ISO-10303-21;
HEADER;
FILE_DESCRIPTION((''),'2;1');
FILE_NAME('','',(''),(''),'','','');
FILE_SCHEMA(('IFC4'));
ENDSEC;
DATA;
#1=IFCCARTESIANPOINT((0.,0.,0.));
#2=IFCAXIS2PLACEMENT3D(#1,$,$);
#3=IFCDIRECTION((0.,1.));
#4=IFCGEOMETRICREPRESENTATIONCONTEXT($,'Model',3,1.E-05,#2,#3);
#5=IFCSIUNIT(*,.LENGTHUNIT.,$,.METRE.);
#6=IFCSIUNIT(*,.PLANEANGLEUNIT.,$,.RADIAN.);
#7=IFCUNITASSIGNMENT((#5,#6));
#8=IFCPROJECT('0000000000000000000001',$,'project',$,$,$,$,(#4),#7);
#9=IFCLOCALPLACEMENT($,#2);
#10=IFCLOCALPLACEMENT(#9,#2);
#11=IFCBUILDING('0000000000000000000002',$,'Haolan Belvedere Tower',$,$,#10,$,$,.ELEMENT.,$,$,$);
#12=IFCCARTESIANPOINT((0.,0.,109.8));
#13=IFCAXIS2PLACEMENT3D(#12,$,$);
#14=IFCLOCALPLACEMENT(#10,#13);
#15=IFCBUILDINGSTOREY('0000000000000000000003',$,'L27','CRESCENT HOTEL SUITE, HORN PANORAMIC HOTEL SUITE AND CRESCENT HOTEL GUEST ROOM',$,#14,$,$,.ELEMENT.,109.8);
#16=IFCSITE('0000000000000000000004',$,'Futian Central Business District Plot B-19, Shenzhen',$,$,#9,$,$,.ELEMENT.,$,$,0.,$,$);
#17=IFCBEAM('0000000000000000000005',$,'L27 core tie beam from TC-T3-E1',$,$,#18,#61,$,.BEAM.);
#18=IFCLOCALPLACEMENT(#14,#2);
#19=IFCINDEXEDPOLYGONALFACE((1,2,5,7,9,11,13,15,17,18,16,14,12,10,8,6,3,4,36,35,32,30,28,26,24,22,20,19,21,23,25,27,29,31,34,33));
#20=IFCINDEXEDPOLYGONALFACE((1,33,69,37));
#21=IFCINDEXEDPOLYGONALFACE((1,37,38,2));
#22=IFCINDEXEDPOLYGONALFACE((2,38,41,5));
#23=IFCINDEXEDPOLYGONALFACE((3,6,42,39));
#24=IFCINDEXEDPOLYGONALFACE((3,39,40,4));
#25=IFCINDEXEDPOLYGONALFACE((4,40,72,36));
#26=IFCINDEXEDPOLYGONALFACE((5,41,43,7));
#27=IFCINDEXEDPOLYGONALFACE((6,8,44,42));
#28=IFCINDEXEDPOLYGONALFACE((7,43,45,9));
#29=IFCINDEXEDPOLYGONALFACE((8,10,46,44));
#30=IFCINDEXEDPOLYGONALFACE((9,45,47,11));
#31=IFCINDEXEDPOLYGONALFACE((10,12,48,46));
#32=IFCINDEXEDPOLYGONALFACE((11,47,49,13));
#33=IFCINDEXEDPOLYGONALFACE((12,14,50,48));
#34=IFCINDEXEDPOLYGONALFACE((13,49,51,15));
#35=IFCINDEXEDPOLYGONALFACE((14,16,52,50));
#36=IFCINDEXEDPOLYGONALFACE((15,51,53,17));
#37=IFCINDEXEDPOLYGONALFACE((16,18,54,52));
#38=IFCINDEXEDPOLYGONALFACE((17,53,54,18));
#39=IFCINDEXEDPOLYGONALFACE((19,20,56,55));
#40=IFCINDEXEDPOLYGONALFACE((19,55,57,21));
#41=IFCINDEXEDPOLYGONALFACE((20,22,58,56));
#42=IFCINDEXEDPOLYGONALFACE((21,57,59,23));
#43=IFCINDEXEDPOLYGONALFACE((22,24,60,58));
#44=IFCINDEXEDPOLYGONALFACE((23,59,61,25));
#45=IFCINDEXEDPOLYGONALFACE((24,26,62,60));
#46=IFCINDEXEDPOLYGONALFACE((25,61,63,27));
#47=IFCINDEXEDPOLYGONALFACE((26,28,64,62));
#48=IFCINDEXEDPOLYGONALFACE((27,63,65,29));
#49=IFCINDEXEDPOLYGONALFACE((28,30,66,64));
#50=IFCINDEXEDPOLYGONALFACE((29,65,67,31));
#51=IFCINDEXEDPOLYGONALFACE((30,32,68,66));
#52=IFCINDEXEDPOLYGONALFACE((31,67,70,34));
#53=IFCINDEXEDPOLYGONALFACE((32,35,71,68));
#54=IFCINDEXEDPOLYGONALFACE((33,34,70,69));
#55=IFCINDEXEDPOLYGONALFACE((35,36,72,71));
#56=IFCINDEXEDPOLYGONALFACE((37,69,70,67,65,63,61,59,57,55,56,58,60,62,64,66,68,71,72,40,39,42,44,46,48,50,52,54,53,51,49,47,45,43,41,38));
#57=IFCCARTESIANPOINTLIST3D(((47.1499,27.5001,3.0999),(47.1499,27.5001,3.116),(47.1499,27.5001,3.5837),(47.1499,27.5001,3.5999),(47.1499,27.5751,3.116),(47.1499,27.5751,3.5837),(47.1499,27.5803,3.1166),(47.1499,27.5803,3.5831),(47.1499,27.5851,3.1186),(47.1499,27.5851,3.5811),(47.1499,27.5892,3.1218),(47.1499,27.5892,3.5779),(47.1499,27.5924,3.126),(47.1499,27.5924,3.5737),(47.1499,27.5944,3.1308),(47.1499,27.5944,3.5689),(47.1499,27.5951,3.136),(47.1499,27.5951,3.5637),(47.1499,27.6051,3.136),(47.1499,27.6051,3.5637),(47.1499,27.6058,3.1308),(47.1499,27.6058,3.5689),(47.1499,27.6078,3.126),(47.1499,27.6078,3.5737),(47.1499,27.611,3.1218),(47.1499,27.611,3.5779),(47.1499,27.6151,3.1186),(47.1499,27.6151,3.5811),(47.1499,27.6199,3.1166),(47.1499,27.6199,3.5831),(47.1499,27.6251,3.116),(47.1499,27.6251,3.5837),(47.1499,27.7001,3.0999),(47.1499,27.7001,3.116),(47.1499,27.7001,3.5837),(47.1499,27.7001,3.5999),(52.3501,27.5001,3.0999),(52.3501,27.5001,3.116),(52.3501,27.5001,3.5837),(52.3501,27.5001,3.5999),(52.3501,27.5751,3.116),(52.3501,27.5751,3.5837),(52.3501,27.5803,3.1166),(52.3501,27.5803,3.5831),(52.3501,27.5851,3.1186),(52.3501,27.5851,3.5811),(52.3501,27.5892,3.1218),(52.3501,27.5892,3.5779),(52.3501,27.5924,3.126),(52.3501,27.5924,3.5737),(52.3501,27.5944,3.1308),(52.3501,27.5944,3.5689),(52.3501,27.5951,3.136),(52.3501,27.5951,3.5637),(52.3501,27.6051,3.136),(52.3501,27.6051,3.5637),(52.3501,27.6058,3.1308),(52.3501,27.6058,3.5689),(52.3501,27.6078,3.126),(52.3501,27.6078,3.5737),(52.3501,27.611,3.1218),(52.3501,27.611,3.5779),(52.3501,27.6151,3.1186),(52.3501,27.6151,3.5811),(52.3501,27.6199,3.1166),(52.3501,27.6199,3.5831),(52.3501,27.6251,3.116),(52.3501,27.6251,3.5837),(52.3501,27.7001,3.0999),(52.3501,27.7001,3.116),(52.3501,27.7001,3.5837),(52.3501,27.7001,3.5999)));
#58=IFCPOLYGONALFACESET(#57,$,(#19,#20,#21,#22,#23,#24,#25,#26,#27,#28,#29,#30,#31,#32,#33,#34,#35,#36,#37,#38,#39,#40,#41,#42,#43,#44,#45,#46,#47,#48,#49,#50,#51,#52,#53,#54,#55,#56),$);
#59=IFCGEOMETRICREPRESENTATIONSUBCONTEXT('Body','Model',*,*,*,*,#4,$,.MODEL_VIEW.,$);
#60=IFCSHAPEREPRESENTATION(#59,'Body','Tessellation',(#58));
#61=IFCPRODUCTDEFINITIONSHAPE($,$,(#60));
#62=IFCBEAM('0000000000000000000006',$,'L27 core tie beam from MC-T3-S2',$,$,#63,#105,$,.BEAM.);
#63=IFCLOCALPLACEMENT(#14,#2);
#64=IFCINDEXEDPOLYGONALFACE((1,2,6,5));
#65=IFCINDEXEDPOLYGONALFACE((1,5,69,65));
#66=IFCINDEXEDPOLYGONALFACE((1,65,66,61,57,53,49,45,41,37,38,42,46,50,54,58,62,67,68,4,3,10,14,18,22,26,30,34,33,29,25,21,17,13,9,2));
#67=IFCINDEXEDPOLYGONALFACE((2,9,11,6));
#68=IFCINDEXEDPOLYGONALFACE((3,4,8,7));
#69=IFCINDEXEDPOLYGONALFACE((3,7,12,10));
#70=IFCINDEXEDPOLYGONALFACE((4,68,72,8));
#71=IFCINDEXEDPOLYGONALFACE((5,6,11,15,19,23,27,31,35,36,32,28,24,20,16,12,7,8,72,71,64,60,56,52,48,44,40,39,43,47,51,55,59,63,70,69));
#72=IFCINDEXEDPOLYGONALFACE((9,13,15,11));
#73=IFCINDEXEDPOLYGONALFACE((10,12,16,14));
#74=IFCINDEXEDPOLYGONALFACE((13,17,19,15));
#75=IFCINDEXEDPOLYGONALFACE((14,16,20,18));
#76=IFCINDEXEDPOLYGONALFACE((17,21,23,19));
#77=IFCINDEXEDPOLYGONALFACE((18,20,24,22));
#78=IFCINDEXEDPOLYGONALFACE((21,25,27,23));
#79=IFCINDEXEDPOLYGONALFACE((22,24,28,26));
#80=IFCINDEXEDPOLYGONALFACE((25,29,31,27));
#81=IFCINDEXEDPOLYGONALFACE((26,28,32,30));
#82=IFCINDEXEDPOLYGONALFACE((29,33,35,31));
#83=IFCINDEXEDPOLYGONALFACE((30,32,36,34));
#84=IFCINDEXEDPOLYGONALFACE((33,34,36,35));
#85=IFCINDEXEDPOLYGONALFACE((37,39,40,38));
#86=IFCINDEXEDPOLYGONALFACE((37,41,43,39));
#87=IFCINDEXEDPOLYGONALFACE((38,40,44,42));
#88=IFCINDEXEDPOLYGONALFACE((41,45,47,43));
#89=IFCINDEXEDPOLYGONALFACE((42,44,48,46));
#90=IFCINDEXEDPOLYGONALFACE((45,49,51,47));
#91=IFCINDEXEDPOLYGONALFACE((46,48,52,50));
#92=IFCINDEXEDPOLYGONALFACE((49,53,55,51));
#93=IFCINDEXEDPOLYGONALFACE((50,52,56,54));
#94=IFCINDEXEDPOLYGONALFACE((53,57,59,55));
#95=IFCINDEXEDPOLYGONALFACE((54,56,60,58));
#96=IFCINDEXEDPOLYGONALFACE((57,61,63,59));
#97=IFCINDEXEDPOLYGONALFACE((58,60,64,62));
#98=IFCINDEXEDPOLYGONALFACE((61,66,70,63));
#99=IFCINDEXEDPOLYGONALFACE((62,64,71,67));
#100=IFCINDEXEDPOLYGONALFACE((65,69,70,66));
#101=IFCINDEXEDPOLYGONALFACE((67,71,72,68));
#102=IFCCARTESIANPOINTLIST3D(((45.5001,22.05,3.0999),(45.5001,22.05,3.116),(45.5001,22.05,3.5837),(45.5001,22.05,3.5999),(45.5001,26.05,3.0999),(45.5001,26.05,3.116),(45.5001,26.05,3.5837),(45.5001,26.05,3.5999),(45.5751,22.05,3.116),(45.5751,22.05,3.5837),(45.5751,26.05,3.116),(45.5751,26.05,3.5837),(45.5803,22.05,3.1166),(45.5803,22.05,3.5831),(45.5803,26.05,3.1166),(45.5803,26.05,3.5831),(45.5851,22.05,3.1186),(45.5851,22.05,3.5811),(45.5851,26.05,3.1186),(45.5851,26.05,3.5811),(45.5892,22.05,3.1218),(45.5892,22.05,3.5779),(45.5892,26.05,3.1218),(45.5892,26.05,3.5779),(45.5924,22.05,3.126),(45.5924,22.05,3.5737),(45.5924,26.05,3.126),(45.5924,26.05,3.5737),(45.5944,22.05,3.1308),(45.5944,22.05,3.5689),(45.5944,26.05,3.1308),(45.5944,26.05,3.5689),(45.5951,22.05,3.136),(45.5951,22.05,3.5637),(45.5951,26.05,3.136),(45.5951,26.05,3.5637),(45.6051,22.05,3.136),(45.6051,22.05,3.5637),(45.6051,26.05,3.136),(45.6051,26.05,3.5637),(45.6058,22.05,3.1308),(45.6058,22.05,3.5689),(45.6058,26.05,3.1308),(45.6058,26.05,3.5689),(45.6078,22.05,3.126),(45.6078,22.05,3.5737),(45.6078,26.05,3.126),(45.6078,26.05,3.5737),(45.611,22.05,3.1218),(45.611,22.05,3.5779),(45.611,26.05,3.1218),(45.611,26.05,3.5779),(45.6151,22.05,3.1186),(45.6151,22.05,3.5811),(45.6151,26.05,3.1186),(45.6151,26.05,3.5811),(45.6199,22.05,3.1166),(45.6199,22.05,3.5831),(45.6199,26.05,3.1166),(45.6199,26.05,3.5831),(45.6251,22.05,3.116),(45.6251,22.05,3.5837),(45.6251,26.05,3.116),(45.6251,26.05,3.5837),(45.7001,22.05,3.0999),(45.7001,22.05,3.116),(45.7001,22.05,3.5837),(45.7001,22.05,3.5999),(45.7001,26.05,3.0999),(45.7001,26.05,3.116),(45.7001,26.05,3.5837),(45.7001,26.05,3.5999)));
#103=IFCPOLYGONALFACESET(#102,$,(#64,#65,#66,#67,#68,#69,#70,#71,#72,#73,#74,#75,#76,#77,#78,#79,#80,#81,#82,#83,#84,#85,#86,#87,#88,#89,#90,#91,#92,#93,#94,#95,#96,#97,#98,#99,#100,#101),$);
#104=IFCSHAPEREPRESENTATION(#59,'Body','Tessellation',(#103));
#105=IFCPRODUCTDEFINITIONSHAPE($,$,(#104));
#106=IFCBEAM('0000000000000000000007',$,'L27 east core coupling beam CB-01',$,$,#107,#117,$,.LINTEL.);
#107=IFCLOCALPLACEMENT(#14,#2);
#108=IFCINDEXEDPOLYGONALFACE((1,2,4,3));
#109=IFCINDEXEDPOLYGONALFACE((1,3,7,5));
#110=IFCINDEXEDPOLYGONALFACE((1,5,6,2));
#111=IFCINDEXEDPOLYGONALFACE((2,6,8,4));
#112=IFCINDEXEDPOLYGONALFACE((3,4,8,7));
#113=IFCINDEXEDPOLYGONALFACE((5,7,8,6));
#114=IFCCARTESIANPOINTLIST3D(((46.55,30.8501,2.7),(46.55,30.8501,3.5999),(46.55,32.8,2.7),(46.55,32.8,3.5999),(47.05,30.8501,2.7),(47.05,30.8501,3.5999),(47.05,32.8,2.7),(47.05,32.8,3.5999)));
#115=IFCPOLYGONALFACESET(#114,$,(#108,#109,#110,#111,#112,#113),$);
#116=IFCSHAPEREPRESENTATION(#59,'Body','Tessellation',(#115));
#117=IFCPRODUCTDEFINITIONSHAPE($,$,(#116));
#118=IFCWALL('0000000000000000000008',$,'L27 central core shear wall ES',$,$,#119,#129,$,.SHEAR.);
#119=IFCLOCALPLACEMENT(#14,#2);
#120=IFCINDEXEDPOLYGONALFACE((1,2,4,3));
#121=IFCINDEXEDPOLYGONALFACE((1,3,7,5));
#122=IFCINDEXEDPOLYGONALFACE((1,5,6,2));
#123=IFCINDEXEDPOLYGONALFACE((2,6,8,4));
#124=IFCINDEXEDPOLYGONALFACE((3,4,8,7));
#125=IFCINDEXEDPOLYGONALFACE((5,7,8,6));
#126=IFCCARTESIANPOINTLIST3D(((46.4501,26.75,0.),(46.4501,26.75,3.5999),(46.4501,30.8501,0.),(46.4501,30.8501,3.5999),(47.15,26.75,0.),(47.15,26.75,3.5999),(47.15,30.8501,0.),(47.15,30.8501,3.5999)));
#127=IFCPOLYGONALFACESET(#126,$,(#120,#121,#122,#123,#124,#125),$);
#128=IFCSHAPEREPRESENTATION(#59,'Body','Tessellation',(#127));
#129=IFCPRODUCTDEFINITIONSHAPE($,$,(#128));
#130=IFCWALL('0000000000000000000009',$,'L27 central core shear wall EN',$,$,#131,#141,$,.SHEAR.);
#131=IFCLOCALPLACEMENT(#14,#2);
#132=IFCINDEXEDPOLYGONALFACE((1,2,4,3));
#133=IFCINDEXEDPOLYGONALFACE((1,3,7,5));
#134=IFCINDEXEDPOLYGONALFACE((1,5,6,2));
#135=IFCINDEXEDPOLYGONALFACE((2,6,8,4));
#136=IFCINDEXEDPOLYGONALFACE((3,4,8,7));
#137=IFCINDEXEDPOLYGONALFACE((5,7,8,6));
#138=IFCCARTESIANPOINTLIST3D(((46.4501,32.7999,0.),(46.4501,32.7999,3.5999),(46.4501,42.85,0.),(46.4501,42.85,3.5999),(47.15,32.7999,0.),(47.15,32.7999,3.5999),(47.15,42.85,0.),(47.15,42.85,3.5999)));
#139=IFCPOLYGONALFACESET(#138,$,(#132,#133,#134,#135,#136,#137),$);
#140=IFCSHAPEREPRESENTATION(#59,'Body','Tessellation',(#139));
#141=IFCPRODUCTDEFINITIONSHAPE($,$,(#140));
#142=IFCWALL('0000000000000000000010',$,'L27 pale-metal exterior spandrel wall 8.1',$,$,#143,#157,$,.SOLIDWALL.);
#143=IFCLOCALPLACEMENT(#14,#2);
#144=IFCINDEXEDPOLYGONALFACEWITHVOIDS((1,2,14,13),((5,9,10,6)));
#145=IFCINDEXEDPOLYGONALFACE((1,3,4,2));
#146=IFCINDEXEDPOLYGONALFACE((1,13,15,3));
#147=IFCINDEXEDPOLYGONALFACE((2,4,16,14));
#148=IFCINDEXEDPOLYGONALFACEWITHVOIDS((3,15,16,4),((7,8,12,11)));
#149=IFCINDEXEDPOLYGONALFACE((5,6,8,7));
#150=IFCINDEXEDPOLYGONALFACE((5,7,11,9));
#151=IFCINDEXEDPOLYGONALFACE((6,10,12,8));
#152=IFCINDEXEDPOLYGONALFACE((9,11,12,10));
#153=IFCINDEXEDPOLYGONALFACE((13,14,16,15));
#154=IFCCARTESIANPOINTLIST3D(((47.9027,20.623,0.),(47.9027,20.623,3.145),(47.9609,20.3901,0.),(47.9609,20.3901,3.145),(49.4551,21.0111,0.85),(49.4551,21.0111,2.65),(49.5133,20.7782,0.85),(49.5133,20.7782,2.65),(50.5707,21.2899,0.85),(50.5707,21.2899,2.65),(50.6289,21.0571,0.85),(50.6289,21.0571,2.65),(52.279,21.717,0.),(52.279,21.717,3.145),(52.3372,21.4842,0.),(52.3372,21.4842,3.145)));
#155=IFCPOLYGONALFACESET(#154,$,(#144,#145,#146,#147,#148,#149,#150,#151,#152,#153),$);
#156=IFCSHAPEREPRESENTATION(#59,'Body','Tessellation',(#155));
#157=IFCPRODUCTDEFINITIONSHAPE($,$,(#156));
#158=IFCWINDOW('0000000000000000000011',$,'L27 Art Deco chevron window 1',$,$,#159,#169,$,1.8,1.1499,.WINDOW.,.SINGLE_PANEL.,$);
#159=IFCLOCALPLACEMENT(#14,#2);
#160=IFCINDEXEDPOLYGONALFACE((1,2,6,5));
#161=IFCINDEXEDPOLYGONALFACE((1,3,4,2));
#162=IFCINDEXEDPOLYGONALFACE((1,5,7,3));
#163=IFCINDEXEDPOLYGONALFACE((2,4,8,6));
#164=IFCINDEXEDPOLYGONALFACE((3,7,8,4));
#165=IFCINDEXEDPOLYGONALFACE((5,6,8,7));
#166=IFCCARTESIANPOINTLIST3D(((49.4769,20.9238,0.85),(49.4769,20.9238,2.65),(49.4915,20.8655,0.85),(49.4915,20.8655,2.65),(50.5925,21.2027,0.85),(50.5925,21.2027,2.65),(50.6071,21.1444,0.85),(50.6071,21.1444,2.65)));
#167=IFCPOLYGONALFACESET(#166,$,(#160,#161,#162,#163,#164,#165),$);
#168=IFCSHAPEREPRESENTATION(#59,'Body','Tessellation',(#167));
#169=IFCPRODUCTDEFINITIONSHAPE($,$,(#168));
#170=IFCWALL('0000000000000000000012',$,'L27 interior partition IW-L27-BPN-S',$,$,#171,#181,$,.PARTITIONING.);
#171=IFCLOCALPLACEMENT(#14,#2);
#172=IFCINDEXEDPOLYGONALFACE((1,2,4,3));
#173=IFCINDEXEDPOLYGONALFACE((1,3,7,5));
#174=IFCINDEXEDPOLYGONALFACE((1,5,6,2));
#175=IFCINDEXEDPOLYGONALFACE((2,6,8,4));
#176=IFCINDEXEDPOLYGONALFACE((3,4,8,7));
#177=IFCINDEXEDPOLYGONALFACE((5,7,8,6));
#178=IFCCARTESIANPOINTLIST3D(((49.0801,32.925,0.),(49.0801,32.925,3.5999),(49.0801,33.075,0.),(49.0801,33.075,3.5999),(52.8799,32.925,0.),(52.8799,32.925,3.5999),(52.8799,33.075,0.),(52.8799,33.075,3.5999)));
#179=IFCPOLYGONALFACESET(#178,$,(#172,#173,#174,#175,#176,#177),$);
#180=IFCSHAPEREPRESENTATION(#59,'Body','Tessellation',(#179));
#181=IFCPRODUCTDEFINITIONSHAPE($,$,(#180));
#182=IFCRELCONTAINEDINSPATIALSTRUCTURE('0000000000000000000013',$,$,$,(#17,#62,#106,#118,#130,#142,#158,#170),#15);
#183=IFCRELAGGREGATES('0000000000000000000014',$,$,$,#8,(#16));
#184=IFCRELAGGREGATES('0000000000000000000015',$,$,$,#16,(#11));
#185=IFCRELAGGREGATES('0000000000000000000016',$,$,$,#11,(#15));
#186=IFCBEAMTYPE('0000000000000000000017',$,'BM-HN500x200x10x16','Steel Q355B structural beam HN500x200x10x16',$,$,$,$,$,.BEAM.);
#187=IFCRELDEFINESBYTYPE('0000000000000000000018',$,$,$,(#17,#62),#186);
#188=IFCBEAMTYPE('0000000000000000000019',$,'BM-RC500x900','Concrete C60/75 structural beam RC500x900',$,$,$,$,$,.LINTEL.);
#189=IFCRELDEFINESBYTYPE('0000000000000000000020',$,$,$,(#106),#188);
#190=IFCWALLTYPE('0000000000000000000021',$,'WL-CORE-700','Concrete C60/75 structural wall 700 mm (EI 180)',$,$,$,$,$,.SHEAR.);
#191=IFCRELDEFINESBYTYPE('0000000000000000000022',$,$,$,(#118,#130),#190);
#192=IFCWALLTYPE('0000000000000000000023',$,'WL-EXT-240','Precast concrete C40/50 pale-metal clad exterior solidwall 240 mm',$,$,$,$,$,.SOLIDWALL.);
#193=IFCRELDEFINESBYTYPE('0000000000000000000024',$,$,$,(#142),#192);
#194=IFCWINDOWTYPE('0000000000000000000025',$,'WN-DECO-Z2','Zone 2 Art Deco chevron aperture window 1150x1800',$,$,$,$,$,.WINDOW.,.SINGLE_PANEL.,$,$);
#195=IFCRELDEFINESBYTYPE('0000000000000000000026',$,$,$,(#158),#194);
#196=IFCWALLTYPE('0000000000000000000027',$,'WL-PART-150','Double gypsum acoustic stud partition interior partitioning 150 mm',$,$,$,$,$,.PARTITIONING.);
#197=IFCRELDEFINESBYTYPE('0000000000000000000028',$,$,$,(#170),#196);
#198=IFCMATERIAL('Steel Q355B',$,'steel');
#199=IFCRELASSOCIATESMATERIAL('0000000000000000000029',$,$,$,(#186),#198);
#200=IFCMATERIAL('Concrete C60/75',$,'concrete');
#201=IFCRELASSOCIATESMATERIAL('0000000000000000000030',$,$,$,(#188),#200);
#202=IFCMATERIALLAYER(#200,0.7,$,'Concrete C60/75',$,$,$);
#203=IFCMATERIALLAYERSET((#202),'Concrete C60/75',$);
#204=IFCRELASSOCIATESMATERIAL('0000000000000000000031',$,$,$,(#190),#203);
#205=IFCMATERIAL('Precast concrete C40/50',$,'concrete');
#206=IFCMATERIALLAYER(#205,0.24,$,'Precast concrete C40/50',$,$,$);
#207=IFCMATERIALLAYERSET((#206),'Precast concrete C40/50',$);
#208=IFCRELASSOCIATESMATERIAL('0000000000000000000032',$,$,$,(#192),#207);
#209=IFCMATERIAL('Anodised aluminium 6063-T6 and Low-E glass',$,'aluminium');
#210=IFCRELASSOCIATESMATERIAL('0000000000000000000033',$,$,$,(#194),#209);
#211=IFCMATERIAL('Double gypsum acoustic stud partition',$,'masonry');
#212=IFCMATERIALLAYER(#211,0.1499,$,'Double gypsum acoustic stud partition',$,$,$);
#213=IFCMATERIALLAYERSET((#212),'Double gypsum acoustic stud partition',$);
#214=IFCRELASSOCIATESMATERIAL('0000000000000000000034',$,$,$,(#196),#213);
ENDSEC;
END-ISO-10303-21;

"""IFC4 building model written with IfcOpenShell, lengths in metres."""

from ifc_helpers import new_model, si_unit, direction, frame, frame_2d, origin, origin_2d, place, context, subcontext, project, spatial, rectangle, i_section, extrude, material, layer, layer_set, material_profile, profile_set, type_object, element, fill, save


model = new_model("IFC4")

# Units and contexts
model_context = context("Model", 3, precision=1e-05, world=origin(), true_north=direction((0.0, 1.0)))
body_context = subcontext(model_context, "Body", "Model", "MODEL_VIEW")
ifc_project = project(units=[si_unit("LENGTHUNIT", "METRE"), si_unit("PLANEANGLEUNIT", "RADIAN")], contexts=[model_context])

# Site, building, storey
site_placement = place(None, origin())
site = spatial("IfcSite", under=ifc_project, at=site_placement, Name="Futian Central Business District Plot B-19, Shenzhen", CompositionType="ELEMENT", RefElevation=0.0)
building_placement = place(site_placement, origin())
building = spatial("IfcBuilding", under=site, at=building_placement, Name="Haolan Belvedere Tower", CompositionType="ELEMENT")
storey_placement = place(building_placement, frame((0.0, 0.0, 109.8)))
storey = spatial("IfcBuildingStorey", under=building, at=storey_placement, Name="L27", Description="CRESCENT HOTEL SUITE, HORN PANORAMIC HOTEL SUITE AND CRESCENT HOTEL GUEST ROOM", CompositionType="ELEMENT", Elevation=109.8)

# Beams
ifc_material_1 = material(Name="Steel Q355B", Category="steel")
ifc_material_profile_1 = material_profile(ifc_material_1, i_section(OverallWidth=0.2, OverallDepth=0.5, WebThickness=0.01, FlangeThickness=0.0161, FilletRadius=0.02, at=origin_2d()), Name="Steel Q355B")
ifc_profile_set_1 = profile_set([ifc_material_profile_1], Name="Steel Q355B")
beam_type_1 = type_object("IfcBeamType", Name="BM-HN500x200x10x16", Description="Steel Q355B structural beam HN500x200x10x16", PredefinedType="BEAM", material=ifc_profile_set_1)
for number, where, z_axis, x_axis, name in (
    (1, (52.3501, 27.6001, 3.3499), (-1.0, 0.0, 0.0), (0.0, -1.0, 0.0), "L27 core tie beam from TC-T3-E1"),
):
    element("IfcBeam", number, at=place(storey_placement, frame(where, z_axis=z_axis, x_axis=x_axis)), inside=storey, type_object=beam_type_1, Name=name, PredefinedType="BEAM", context=body_context, shape_type="SweptSolid", body=[
        extrude(i_section(OverallWidth=0.2, OverallDepth=0.5, WebThickness=0.01, FlangeThickness=0.0161, FilletRadius=0.02, at=origin_2d()), origin(), (0.0, 0.0, 1.0), 5.2002),
    ])
beam_1_placement = place(storey_placement, frame((45.6001, 22.05, 3.3499), z_axis=(0.0, 1.0, 0.0), x_axis=(-1.0, 0.0, 0.0)))
element("IfcBeam", 2, at=beam_1_placement, inside=storey, type_object=beam_type_1, Name="L27 core tie beam from MC-T3-S2", PredefinedType="BEAM", context=body_context, shape_type="SweptSolid", body=[
    extrude(i_section(OverallWidth=0.2, OverallDepth=0.5, WebThickness=0.01, FlangeThickness=0.0161, FilletRadius=0.02, at=origin_2d()), origin(), (0.0, 0.0, 1.0), 4.0),
])
ifc_material_2 = material(Name="Concrete C60/75", Category="concrete")
ifc_material_profile_2 = material_profile(ifc_material_2, rectangle(XDim=0.5, YDim=0.8999, at=origin_2d()), Name="Concrete C60/75")
ifc_profile_set_2 = profile_set([ifc_material_profile_2], Name="Concrete C60/75")
beam_type_2 = type_object("IfcBeamType", Name="BM-RC500x900", Description="Concrete C60/75 structural beam RC500x900", PredefinedType="LINTEL", material=ifc_profile_set_2)
beam_2_placement = place(storey_placement, frame((46.8, 30.8501, 3.1499), z_axis=(0.0, 1.0, 0.0), x_axis=(-1.0, 0.0, 0.0)))
element("IfcBeam", 3, at=beam_2_placement, inside=storey, type_object=beam_type_2, Name="L27 east core coupling beam CB-01", PredefinedType="LINTEL", context=body_context, shape_type="SweptSolid", body=[
    extrude(rectangle(XDim=0.5, YDim=0.8999, at=origin_2d()), origin(), (0.0, 0.0, 1.0), 1.95),
])

# Walls
ifc_layer_1 = layer(ifc_material_2, 0.7, Name="Concrete C60/75")
ifc_layer_set_1 = layer_set([ifc_layer_1], Name="Concrete C60/75")
wall_type_1 = type_object("IfcWallType", Name="WL-CORE-700", Description="Concrete C60/75 structural wall 700 mm (EI 180)", PredefinedType="SHEAR", material=ifc_layer_set_1)
wall_1_placement = place(storey_placement, frame((46.8, 26.75, 0.0), z_axis=(0.0, 0.0, 1.0), x_axis=(0.0, 1.0, 0.0)))
element("IfcWall", 4, at=wall_1_placement, inside=storey, type_object=wall_type_1, Name="L27 central core shear wall ES", PredefinedType="SHEAR", context=body_context, shape_type="SweptSolid", body=[
    extrude(rectangle(XDim=4.1001, YDim=0.7, at=frame_2d((2.05, 0.0))), origin(), (0.0, 0.0, 1.0), 3.5999),
])
wall_2_placement = place(storey_placement, frame((46.8, 32.8, 0.0), z_axis=(0.0, 0.0, 1.0), x_axis=(0.0, 1.0, 0.0)))
element("IfcWall", 5, at=wall_2_placement, inside=storey, type_object=wall_type_1, Name="L27 central core shear wall EN", PredefinedType="SHEAR", context=body_context, shape_type="SweptSolid", body=[
    extrude(rectangle(XDim=10.05, YDim=0.7, at=frame_2d((5.0249, 0.0))), origin(), (0.0, 0.0, 1.0), 3.5999),
])

# Wall, opening, window
ifc_material_3 = material(Name="Precast concrete C40/50", Category="concrete")
ifc_layer_2 = layer(ifc_material_3, 0.24, Name="Precast concrete C40/50")
ifc_layer_set_2 = layer_set([ifc_layer_2], Name="Precast concrete C40/50")
wall_type_2 = type_object("IfcWallType", Name="WL-EXT-240", Description="Precast concrete C40/50 pale-metal clad exterior solidwall 240 mm", PredefinedType="SOLIDWALL", material=ifc_layer_set_2)
wall_3_placement = place(storey_placement, frame((47.9319, 20.5066, 0.0), z_axis=(0.0, 0.0, 1.0), x_axis=(0.970146, 0.242523, 0.0)))
wall_3 = element("IfcWall", 6, at=wall_3_placement, inside=storey, type_object=wall_type_2, Name="L27 pale-metal exterior spandrel wall 8.1", PredefinedType="SOLIDWALL", context=body_context, shape_type="SweptSolid", body=[
    extrude(rectangle(XDim=4.511, YDim=0.24, at=frame_2d((2.2554, 0.0))), origin(), (0.0, 0.0, 1.0), 3.145),
])
opening_1_placement = place(wall_3_placement, frame((1.6001, 0.0, 0.8501)))
opening_1 = element("IfcOpeningElement", 7, at=opening_1_placement, cuts=wall_3, PredefinedType="OPENING", context=body_context, shape_type="SweptSolid", body=[
    extrude(rectangle(XDim=1.1499, YDim=1.8, at=frame_2d((0.575, 0.8999))), frame((0.0, 0.1299, 0.0), z_axis=(0.0, -1.0, 0.0), x_axis=(1.0, 0.0, 0.0)), (0.0, 0.0, 1.0), 0.26),
])
ifc_material_4 = material(Name="Anodised aluminium 6063-T6 and Low-E glass", Category="aluminium")
window_type = type_object("IfcWindowType", Name="WN-DECO-Z2", Description="Zone 2 Art Deco chevron aperture window 1150x1800", PartitioningType="SINGLE_PANEL", PredefinedType="WINDOW", material=ifc_material_4)
window_placement = place(opening_1_placement, origin())
window = element("IfcWindow", 8, at=window_placement, inside=storey, type_object=window_type, Name="L27 Art Deco chevron window 1", OverallHeight=1.8, OverallWidth=1.1499, PartitioningType="SINGLE_PANEL", PredefinedType="WINDOW", context=body_context, shape_type="SweptSolid", body=[
    extrude(rectangle(XDim=1.1499, YDim=1.8, at=frame_2d((0.575, 0.8999))), frame((0.0, 0.03, 0.0), z_axis=(0.0, -1.0, 0.0), x_axis=(1.0, 0.0, 0.0)), (0.0, 0.0, 1.0), 0.0601),
])
fill(opening_1, window)

# Wall
ifc_material_5 = material(Name="Double gypsum acoustic stud partition", Category="masonry")
ifc_layer_3 = layer(ifc_material_5, 0.1499, Name="Double gypsum acoustic stud partition")
ifc_layer_set_3 = layer_set([ifc_layer_3], Name="Double gypsum acoustic stud partition")
wall_type_3 = type_object("IfcWallType", Name="WL-PART-150", Description="Double gypsum acoustic stud partition interior partitioning 150 mm", PredefinedType="PARTITIONING", material=ifc_layer_set_3)
wall_4_placement = place(storey_placement, frame((49.0801, 33.0, 0.0), z_axis=(0.0, 0.0, 1.0), x_axis=(1.0, 0.0, 0.0)))
element("IfcWall", 9, at=wall_4_placement, inside=storey, type_object=wall_type_3, Name="L27 interior partition IW-L27-BPN-S", PredefinedType="PARTITIONING", context=body_context, shape_type="SweptSolid", body=[
    extrude(rectangle(XDim=3.7998, YDim=0.1499, at=frame_2d((1.8999, 0.0))), origin(), (0.0, 0.0, 1.0), 3.5999),
])

save(model, "model.ifc")
